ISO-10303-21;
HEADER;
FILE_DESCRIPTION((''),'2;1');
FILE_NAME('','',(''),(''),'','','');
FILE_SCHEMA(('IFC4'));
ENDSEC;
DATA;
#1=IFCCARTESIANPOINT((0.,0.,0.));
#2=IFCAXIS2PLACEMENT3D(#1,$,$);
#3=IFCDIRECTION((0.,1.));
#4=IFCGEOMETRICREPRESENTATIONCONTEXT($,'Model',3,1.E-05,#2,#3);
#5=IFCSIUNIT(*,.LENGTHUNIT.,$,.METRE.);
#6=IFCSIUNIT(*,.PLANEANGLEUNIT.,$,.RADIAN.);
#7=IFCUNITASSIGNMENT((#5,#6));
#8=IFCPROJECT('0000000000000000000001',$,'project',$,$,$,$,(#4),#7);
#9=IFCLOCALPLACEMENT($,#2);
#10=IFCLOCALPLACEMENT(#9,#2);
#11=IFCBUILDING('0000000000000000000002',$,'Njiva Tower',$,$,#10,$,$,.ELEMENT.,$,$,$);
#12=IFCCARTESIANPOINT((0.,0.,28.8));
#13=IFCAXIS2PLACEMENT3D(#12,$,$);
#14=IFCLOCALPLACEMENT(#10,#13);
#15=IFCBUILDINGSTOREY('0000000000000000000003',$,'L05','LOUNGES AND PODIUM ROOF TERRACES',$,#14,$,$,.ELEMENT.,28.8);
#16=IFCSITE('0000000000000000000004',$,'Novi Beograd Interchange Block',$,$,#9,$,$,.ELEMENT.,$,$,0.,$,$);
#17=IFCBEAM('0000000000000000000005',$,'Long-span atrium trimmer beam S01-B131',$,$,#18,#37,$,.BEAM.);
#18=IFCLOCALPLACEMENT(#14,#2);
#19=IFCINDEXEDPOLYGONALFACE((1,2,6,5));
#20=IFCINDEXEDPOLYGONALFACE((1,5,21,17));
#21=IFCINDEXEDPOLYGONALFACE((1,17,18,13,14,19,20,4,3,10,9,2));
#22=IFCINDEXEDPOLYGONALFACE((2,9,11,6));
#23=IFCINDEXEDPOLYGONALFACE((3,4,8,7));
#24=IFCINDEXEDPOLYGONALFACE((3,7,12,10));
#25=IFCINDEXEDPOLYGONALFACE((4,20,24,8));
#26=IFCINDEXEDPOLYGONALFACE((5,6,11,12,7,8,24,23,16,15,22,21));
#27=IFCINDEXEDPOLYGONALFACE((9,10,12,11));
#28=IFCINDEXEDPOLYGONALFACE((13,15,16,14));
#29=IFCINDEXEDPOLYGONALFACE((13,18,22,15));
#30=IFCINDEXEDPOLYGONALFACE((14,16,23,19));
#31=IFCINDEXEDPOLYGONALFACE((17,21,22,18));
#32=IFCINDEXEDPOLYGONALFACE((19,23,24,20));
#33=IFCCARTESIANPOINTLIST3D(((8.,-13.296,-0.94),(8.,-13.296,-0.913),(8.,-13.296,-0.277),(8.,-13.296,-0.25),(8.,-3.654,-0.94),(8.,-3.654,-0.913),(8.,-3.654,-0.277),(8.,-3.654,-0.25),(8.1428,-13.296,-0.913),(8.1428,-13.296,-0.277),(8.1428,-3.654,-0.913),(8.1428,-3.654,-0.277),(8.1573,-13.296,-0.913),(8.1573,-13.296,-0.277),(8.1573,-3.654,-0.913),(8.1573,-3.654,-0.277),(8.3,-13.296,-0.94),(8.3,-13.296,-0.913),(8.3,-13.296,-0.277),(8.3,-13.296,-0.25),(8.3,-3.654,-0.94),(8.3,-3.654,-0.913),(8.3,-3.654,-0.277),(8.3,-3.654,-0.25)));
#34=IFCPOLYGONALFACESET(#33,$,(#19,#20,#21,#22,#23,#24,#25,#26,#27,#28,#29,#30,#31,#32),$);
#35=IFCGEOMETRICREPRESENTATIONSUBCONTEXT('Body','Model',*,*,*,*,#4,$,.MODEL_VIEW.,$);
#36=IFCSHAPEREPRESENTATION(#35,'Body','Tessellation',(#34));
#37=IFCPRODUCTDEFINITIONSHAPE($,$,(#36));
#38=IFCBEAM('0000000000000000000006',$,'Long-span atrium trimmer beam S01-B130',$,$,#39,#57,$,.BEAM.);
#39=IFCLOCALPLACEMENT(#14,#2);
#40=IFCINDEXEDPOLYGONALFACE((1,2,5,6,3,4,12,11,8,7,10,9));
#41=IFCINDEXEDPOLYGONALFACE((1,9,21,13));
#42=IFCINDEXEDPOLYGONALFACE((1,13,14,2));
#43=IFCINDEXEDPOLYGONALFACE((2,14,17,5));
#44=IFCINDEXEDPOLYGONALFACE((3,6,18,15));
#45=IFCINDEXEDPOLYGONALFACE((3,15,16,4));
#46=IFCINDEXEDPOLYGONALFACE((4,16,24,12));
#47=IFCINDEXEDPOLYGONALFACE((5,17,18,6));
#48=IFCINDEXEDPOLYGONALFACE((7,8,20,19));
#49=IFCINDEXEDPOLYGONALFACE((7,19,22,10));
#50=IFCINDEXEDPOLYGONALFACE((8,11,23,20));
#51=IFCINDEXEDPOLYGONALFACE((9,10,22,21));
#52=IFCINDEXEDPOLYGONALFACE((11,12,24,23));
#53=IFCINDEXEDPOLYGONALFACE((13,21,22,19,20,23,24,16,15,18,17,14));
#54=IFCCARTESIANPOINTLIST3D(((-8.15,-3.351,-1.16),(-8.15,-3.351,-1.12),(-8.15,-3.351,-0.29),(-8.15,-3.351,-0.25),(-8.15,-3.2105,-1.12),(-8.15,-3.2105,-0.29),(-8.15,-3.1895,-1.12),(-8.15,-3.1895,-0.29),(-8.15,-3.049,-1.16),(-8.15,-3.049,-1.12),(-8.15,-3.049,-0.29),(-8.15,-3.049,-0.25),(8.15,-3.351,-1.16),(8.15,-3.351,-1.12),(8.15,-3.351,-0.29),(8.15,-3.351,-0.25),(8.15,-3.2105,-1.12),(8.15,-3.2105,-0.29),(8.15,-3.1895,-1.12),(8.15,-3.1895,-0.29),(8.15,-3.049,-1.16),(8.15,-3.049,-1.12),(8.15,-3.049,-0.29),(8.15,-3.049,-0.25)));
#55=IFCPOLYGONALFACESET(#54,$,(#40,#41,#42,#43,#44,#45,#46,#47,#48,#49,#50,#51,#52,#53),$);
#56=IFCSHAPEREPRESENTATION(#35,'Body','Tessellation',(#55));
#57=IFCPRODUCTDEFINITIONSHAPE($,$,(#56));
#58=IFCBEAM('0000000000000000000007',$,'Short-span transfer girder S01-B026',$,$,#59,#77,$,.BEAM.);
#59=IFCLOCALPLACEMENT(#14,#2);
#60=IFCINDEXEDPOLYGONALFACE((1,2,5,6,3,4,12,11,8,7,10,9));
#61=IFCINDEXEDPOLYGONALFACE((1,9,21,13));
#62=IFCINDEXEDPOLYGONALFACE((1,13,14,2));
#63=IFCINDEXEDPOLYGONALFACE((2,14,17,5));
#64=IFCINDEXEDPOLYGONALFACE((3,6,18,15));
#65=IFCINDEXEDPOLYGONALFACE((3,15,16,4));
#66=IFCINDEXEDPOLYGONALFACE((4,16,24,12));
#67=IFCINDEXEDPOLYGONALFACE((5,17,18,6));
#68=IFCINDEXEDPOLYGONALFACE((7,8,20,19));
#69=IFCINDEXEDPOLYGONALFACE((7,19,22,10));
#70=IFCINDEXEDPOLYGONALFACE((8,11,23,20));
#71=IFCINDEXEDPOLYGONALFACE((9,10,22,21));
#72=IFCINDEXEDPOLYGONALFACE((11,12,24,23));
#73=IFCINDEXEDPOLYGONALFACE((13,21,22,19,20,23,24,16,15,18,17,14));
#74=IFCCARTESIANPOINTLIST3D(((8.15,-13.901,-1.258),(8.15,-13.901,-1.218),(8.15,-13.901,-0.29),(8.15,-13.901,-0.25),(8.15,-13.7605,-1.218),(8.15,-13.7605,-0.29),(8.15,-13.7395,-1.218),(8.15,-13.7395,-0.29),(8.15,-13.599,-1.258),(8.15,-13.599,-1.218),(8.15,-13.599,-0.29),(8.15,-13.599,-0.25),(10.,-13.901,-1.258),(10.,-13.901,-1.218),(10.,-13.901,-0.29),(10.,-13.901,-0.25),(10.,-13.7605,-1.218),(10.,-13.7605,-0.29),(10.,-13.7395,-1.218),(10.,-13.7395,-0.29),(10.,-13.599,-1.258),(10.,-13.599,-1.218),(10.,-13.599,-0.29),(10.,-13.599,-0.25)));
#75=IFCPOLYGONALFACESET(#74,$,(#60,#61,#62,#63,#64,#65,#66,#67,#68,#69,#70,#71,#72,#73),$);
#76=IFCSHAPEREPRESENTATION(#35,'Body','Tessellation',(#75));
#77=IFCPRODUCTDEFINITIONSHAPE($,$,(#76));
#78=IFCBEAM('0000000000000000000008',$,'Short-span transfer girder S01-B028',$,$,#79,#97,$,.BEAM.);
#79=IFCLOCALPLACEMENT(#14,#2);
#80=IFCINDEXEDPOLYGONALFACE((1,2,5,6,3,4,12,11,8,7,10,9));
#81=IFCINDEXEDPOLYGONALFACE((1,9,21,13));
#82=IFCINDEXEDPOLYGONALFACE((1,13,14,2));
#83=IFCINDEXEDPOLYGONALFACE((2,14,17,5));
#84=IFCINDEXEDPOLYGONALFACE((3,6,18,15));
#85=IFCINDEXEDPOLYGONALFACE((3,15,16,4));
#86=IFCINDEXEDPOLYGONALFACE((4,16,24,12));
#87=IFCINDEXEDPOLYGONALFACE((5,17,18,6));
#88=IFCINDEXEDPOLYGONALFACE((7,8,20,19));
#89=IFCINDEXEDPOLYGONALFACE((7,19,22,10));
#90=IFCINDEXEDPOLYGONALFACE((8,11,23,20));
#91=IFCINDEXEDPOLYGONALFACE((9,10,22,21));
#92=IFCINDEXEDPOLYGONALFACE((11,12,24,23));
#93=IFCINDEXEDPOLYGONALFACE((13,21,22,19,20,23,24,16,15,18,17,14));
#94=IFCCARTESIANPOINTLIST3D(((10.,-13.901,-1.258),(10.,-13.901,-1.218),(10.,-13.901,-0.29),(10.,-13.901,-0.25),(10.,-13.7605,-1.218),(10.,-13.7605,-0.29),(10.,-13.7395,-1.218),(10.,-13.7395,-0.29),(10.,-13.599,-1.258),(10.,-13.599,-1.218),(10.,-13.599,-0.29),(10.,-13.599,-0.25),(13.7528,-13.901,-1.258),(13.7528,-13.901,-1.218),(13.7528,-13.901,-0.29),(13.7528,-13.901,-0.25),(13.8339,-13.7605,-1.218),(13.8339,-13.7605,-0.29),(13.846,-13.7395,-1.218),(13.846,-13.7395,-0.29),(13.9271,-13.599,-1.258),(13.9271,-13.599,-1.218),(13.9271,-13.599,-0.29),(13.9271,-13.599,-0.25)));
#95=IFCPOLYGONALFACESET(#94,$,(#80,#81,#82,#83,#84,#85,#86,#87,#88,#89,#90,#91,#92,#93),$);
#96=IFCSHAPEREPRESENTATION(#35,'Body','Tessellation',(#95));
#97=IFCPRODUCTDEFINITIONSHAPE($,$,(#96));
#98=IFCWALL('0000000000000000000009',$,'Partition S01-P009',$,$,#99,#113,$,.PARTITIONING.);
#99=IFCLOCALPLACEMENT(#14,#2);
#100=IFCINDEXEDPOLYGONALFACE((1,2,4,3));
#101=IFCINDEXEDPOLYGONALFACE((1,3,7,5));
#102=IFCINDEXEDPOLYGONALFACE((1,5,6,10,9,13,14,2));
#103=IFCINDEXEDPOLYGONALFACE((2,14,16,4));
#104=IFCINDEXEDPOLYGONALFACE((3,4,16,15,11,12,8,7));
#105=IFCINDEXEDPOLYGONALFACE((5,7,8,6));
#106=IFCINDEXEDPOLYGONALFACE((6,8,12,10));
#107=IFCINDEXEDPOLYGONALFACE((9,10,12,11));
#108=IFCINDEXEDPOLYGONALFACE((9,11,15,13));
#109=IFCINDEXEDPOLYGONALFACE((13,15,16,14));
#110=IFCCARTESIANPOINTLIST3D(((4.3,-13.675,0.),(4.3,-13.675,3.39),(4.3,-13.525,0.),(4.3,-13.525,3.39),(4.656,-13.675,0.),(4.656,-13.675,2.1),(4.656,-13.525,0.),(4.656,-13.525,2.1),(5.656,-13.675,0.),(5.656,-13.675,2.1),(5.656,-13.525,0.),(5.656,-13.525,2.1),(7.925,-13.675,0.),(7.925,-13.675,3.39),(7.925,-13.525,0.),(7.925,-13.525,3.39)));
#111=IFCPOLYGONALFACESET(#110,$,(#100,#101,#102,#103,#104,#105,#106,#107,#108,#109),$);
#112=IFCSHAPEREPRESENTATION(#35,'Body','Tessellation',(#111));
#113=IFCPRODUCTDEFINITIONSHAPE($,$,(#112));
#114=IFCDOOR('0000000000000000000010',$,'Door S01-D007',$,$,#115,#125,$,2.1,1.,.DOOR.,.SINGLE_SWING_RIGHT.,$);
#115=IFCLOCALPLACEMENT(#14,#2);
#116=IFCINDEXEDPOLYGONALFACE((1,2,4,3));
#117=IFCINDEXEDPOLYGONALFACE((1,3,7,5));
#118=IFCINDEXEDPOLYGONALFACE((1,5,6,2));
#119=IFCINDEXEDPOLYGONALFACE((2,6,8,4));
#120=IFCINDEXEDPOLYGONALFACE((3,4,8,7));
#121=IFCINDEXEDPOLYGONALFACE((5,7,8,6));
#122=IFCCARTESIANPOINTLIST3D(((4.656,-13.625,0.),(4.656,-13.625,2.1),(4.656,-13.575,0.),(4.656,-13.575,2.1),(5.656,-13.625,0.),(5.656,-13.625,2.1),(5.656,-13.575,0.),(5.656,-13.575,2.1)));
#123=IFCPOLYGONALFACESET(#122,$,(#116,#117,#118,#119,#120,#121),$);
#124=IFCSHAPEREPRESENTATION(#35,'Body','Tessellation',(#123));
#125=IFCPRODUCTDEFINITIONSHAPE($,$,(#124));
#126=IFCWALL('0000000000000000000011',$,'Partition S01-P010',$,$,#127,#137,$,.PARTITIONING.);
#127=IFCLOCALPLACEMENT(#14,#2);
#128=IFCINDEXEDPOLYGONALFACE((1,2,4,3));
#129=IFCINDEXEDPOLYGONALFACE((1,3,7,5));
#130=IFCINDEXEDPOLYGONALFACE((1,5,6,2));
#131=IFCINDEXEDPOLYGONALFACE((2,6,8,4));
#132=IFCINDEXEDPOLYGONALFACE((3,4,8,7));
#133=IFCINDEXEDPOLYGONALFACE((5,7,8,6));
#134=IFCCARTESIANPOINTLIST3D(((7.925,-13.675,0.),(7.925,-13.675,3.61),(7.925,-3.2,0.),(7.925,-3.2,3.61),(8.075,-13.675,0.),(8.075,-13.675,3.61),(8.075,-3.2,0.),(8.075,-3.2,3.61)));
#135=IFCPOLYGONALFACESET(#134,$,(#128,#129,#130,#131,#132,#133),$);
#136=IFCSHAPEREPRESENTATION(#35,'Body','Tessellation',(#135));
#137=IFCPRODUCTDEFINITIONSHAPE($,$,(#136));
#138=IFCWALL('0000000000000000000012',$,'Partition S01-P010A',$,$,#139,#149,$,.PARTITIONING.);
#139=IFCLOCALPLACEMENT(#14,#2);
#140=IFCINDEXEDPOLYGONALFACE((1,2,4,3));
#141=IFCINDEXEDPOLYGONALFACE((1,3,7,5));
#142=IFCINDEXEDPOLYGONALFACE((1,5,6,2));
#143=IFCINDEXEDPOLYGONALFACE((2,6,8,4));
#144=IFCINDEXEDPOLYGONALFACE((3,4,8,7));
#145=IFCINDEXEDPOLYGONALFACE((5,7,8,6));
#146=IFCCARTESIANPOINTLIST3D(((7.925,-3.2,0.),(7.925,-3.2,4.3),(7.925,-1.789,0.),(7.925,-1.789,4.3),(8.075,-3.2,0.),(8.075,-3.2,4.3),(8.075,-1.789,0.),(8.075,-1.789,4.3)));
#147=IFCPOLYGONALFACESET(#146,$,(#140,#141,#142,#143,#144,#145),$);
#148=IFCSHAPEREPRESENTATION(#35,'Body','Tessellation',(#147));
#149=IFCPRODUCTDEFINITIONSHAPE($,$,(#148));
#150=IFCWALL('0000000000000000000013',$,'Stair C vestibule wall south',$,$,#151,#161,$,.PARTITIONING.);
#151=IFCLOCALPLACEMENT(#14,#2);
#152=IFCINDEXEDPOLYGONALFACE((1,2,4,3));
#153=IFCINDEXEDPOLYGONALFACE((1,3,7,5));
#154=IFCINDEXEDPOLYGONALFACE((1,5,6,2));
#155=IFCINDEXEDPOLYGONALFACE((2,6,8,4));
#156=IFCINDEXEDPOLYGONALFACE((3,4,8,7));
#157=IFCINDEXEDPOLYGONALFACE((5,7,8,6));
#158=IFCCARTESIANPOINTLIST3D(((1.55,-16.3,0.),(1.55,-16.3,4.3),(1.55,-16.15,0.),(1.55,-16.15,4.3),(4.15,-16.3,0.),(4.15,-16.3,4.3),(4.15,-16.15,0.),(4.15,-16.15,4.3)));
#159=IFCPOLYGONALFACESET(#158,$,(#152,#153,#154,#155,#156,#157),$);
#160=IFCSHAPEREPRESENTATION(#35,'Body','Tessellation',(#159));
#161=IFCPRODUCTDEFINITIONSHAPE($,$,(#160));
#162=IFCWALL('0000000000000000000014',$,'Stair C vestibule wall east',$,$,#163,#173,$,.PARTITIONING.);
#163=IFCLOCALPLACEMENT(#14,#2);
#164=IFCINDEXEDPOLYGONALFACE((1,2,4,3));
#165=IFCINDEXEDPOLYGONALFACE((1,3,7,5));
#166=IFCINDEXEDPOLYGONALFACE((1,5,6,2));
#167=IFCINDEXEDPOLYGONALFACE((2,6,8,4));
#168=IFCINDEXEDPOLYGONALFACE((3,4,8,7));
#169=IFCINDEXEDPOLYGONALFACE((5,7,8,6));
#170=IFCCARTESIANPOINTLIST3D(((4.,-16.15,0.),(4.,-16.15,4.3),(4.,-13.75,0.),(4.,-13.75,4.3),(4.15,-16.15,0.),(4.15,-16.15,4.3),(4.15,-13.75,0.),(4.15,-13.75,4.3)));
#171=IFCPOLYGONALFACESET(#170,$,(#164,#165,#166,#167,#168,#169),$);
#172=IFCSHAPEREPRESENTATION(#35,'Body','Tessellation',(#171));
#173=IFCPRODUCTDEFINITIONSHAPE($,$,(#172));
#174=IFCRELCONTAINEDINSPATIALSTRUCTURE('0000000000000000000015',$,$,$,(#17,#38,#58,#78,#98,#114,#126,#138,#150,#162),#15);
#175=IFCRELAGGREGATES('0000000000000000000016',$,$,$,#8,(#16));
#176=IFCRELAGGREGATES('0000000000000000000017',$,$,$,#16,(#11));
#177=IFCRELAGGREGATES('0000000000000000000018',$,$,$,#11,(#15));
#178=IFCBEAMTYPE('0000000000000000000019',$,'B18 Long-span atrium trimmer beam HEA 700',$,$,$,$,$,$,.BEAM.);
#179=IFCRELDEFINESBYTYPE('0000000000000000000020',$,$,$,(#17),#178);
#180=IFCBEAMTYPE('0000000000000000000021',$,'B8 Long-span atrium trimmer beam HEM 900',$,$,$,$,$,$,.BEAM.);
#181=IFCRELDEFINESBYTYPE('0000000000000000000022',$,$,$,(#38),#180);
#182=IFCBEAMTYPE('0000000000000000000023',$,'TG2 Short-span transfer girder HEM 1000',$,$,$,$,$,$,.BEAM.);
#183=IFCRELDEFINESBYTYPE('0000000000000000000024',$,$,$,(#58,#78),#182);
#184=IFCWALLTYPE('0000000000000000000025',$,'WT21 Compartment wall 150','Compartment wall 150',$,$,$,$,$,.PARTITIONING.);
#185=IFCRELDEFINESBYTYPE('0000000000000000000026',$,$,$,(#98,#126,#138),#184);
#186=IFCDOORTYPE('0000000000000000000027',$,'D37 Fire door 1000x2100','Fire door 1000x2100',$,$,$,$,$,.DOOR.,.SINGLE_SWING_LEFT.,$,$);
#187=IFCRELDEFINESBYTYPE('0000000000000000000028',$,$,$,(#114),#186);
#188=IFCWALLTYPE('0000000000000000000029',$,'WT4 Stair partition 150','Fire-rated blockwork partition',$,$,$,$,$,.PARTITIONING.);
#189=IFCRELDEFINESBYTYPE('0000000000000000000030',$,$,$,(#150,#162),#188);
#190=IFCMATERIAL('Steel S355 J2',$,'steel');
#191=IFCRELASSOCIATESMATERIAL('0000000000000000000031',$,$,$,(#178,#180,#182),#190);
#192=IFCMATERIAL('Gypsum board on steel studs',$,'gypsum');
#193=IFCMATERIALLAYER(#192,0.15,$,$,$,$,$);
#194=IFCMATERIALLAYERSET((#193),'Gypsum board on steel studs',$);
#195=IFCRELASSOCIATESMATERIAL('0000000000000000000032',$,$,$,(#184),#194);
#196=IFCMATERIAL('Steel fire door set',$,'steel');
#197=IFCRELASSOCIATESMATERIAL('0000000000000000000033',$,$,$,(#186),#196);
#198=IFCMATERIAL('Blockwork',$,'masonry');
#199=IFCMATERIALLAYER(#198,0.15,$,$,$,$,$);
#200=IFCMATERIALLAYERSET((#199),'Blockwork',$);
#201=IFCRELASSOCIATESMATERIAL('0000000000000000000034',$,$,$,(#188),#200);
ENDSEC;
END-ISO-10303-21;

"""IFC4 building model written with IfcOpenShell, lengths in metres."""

from ifc_helpers import new_model, si_unit, direction, frame, frame_2d, origin, origin_2d, place, context, subcontext, project, spatial, rectangle, i_section, extrude, clip, halfspace, material, layer, layer_set, material_profile, profile_set, type_object, element, fill, save


model = new_model("IFC4")

# Units and contexts
model_context = context("Model", 3, precision=1e-05, world=origin(), true_north=direction((0.0, 1.0)))
body_context = subcontext(model_context, "Body", "Model", "MODEL_VIEW")
ifc_project = project(units=[si_unit("LENGTHUNIT", "METRE"), si_unit("PLANEANGLEUNIT", "RADIAN")], contexts=[model_context])

# Site, building, storey
site_placement = place(None, origin())
site = spatial("IfcSite", under=ifc_project, at=site_placement, Name="Novi Beograd Interchange Block", CompositionType="ELEMENT", RefElevation=0.0)
building_placement = place(site_placement, origin())
building = spatial("IfcBuilding", under=site, at=building_placement, Name="Njiva Tower", CompositionType="ELEMENT")
storey_placement = place(building_placement, frame((0.0, 0.0, 28.8)))
storey = spatial("IfcBuildingStorey", under=building, at=storey_placement, Name="L05", Description="LOUNGES AND PODIUM ROOF TERRACES", CompositionType="ELEMENT", Elevation=28.8)

# Shared definitions
ifc_material_1 = material(Name="Steel S355 J2", Category="steel")

# Beams
ifc_material_profile_1 = material_profile(ifc_material_1, i_section(OverallWidth=0.3, OverallDepth=0.69, WebThickness=0.0145, FlangeThickness=0.027, at=origin_2d()), Name="HEA 700")
ifc_profile_set_1 = profile_set([ifc_material_profile_1], Name="Steel S355 J2")
beam_type_1 = type_object("IfcBeamType", Name="B18 Long-span atrium trimmer beam HEA 700", PredefinedType="BEAM", material=ifc_profile_set_1)
beam_1_placement = place(storey_placement, frame((8.15, -13.296, -0.595), z_axis=(0.0, 1.0, 0.0), x_axis=(-1.0, 0.0, 0.0)))
element("IfcBeam", 1, at=beam_1_placement, inside=storey, type_object=beam_type_1, Name="Long-span atrium trimmer beam S01-B131", PredefinedType="BEAM", context=body_context, shape_type="SweptSolid", body=[
    extrude(i_section(OverallWidth=0.3, OverallDepth=0.69, WebThickness=0.0145, FlangeThickness=0.027, at=origin_2d()), origin(), (0.0, 0.0, 1.0), 9.642),
])
ifc_material_profile_2 = material_profile(ifc_material_1, i_section(OverallWidth=0.302, OverallDepth=0.91, WebThickness=0.021, FlangeThickness=0.04, at=origin_2d()), Name="HEM 900")
ifc_profile_set_2 = profile_set([ifc_material_profile_2], Name="Steel S355 J2")
beam_type_2 = type_object("IfcBeamType", Name="B8 Long-span atrium trimmer beam HEM 900", PredefinedType="BEAM", material=ifc_profile_set_2)
beam_2_placement = place(storey_placement, frame((8.15, -3.2, -0.705), z_axis=(-1.0, 0.0, 0.0), x_axis=(0.0, -1.0, 0.0)))
element("IfcBeam", 2, at=beam_2_placement, inside=storey, type_object=beam_type_2, Name="Long-span atrium trimmer beam S01-B130", PredefinedType="BEAM", context=body_context, shape_type="SweptSolid", body=[
    extrude(i_section(OverallWidth=0.302, OverallDepth=0.91, WebThickness=0.021, FlangeThickness=0.04, at=origin_2d()), origin(), (0.0, 0.0, 1.0), 16.3),
])
ifc_material_profile_3 = material_profile(ifc_material_1, i_section(OverallWidth=0.302, OverallDepth=1.008, WebThickness=0.021, FlangeThickness=0.04, at=origin_2d()), Name="HEM 1000")
ifc_profile_set_3 = profile_set([ifc_material_profile_3], Name="Steel S355 J2")
beam_type_3 = type_object("IfcBeamType", Name="TG2 Short-span transfer girder HEM 1000", PredefinedType="BEAM", material=ifc_profile_set_3)
beam_3_placement = place(storey_placement, frame((8.15, -13.75, -0.754), z_axis=(1.0, 0.0, 0.0), x_axis=(0.0, 1.0, 0.0)))
element("IfcBeam", 3, at=beam_3_placement, inside=storey, type_object=beam_type_3, Name="Short-span transfer girder S01-B026", PredefinedType="BEAM", context=body_context, shape_type="SweptSolid", body=[
    extrude(i_section(OverallWidth=0.302, OverallDepth=1.008, WebThickness=0.021, FlangeThickness=0.04, at=origin_2d()), origin(), (0.0, 0.0, 1.0), 1.85),
])
beam_4_placement = place(storey_placement, frame((10.0, -13.75, -0.754), z_axis=(1.0, 0.0, 0.0), x_axis=(0.0, 1.0, 0.0)))
element("IfcBeam", 4, at=beam_4_placement, inside=storey, type_object=beam_type_3, Name="Short-span transfer girder S01-B028", PredefinedType="BEAM", context=body_context, shape_type="Clipping", body=[
    clip(extrude(i_section(OverallWidth=0.302, OverallDepth=1.008, WebThickness=0.021, FlangeThickness=0.04, at=origin_2d()), origin(), (0.0, 0.0, 1.0), 3.947), halfspace(frame((-0.025, 0.0, 3.8255), z_axis=(-0.499998, 0.0, 0.866027), x_axis=(0.0, 1.0, 0.0)), False)),
])

# Wall, opening, door
ifc_material_2 = material(Name="Gypsum board on steel studs", Category="gypsum")
ifc_layer_1 = layer(ifc_material_2, 0.15)
ifc_layer_set_1 = layer_set([ifc_layer_1], Name="Gypsum board on steel studs")
wall_type_1 = type_object("IfcWallType", Name="WT21 Compartment wall 150", Description="Compartment wall 150", PredefinedType="PARTITIONING", material=ifc_layer_set_1)
wall_1_placement = place(storey_placement, frame((4.3, -13.6, 0.0), z_axis=(0.0, 0.0, 1.0), x_axis=(1.0, 0.0, 0.0)))
wall_1 = element("IfcWall", 5, at=wall_1_placement, inside=storey, type_object=wall_type_1, Name="Partition S01-P009", PredefinedType="PARTITIONING", context=body_context, shape_type="SweptSolid", body=[
    extrude(rectangle(XDim=3.625, YDim=0.15, at=frame_2d((1.8125, 0.0))), origin(), (0.0, 0.0, 1.0), 3.39),
])
opening_1_placement = place(wall_1_placement, frame((0.356, 0.0, 0.0)))
opening_1 = element("IfcOpeningElement", 6, at=opening_1_placement, cuts=wall_1, PredefinedType="OPENING", context=body_context, shape_type="SweptSolid", body=[
    extrude(rectangle(XDim=1.0, YDim=2.1, at=frame_2d((0.5, 1.05))), frame((0.0, 0.085, 0.0), z_axis=(0.0, -1.0, 0.0), x_axis=(1.0, 0.0, 0.0)), (0.0, 0.0, 1.0), 0.17),
])
ifc_material_3 = material(Name="Steel fire door set", Category="steel")
door_type_1 = type_object("IfcDoorType", Name="D37 Fire door 1000x2100", Description="Fire door 1000x2100", OperationType="SINGLE_SWING_LEFT", PredefinedType="DOOR", material=ifc_material_3)
door_1_placement = place(opening_1_placement, origin())
door_1 = element("IfcDoor", 7, at=door_1_placement, inside=storey, type_object=door_type_1, Name="Door S01-D007", OperationType="SINGLE_SWING_RIGHT", OverallHeight=2.1, OverallWidth=1.0, PredefinedType="DOOR", context=body_context, shape_type="SweptSolid", body=[
    extrude(rectangle(XDim=1.0, YDim=2.1, at=frame_2d((0.5, 1.05))), frame((0.0, 0.025, 0.0), z_axis=(0.0, -1.0, 0.0), x_axis=(1.0, 0.0, 0.0)), (0.0, 0.0, 1.0), 0.05),
])
fill(opening_1, door_1)

# Walls
wall_2_placement = place(storey_placement, frame((8.0, -13.675, 0.0), z_axis=(0.0, 0.0, 1.0), x_axis=(0.0, 1.0, 0.0)))
element("IfcWall", 8, at=wall_2_placement, inside=storey, type_object=wall_type_1, Name="Partition S01-P010", PredefinedType="PARTITIONING", context=body_context, shape_type="SweptSolid", body=[
    extrude(rectangle(XDim=10.475, YDim=0.15, at=frame_2d((5.2375, 0.0))), origin(), (0.0, 0.0, 1.0), 3.61),
])
wall_3_placement = place(storey_placement, frame((8.0, -3.2, 0.0), z_axis=(0.0, 0.0, 1.0), x_axis=(0.0, 1.0, 0.0)))
element("IfcWall", 9, at=wall_3_placement, inside=storey, type_object=wall_type_1, Name="Partition S01-P010A", PredefinedType="PARTITIONING", context=body_context, shape_type="SweptSolid", body=[
    extrude(rectangle(XDim=1.411, YDim=0.15, at=frame_2d((0.7055, 0.0))), origin(), (0.0, 0.0, 1.0), 4.3),
])
ifc_material_4 = material(Name="Blockwork", Category="masonry")
ifc_layer_2 = layer(ifc_material_4, 0.15)
ifc_layer_set_2 = layer_set([ifc_layer_2], Name="Blockwork")
wall_type_2 = type_object("IfcWallType", Name="WT4 Stair partition 150", Description="Fire-rated blockwork partition", PredefinedType="PARTITIONING", material=ifc_layer_set_2)
wall_4_placement = place(storey_placement, frame((1.55, -16.225, 0.0), z_axis=(0.0, 0.0, 1.0), x_axis=(1.0, 0.0, 0.0)))
element("IfcWall", 10, at=wall_4_placement, inside=storey, type_object=wall_type_2, Name="Stair C vestibule wall south", PredefinedType="PARTITIONING", context=body_context, shape_type="SweptSolid", body=[
    extrude(rectangle(XDim=2.6, YDim=0.15, at=frame_2d((1.3, 0.0))), origin(), (0.0, 0.0, 1.0), 4.3),
])
wall_5_placement = place(storey_placement, frame((4.075, -16.15, 0.0), z_axis=(0.0, 0.0, 1.0), x_axis=(0.0, 1.0, 0.0)))
element("IfcWall", 11, at=wall_5_placement, inside=storey, type_object=wall_type_2, Name="Stair C vestibule wall east", PredefinedType="PARTITIONING", context=body_context, shape_type="SweptSolid", body=[
    extrude(rectangle(XDim=2.4, YDim=0.15, at=frame_2d((1.2, 0.0))), origin(), (0.0, 0.0, 1.0), 4.3),
])

save(model, "model.ifc")
